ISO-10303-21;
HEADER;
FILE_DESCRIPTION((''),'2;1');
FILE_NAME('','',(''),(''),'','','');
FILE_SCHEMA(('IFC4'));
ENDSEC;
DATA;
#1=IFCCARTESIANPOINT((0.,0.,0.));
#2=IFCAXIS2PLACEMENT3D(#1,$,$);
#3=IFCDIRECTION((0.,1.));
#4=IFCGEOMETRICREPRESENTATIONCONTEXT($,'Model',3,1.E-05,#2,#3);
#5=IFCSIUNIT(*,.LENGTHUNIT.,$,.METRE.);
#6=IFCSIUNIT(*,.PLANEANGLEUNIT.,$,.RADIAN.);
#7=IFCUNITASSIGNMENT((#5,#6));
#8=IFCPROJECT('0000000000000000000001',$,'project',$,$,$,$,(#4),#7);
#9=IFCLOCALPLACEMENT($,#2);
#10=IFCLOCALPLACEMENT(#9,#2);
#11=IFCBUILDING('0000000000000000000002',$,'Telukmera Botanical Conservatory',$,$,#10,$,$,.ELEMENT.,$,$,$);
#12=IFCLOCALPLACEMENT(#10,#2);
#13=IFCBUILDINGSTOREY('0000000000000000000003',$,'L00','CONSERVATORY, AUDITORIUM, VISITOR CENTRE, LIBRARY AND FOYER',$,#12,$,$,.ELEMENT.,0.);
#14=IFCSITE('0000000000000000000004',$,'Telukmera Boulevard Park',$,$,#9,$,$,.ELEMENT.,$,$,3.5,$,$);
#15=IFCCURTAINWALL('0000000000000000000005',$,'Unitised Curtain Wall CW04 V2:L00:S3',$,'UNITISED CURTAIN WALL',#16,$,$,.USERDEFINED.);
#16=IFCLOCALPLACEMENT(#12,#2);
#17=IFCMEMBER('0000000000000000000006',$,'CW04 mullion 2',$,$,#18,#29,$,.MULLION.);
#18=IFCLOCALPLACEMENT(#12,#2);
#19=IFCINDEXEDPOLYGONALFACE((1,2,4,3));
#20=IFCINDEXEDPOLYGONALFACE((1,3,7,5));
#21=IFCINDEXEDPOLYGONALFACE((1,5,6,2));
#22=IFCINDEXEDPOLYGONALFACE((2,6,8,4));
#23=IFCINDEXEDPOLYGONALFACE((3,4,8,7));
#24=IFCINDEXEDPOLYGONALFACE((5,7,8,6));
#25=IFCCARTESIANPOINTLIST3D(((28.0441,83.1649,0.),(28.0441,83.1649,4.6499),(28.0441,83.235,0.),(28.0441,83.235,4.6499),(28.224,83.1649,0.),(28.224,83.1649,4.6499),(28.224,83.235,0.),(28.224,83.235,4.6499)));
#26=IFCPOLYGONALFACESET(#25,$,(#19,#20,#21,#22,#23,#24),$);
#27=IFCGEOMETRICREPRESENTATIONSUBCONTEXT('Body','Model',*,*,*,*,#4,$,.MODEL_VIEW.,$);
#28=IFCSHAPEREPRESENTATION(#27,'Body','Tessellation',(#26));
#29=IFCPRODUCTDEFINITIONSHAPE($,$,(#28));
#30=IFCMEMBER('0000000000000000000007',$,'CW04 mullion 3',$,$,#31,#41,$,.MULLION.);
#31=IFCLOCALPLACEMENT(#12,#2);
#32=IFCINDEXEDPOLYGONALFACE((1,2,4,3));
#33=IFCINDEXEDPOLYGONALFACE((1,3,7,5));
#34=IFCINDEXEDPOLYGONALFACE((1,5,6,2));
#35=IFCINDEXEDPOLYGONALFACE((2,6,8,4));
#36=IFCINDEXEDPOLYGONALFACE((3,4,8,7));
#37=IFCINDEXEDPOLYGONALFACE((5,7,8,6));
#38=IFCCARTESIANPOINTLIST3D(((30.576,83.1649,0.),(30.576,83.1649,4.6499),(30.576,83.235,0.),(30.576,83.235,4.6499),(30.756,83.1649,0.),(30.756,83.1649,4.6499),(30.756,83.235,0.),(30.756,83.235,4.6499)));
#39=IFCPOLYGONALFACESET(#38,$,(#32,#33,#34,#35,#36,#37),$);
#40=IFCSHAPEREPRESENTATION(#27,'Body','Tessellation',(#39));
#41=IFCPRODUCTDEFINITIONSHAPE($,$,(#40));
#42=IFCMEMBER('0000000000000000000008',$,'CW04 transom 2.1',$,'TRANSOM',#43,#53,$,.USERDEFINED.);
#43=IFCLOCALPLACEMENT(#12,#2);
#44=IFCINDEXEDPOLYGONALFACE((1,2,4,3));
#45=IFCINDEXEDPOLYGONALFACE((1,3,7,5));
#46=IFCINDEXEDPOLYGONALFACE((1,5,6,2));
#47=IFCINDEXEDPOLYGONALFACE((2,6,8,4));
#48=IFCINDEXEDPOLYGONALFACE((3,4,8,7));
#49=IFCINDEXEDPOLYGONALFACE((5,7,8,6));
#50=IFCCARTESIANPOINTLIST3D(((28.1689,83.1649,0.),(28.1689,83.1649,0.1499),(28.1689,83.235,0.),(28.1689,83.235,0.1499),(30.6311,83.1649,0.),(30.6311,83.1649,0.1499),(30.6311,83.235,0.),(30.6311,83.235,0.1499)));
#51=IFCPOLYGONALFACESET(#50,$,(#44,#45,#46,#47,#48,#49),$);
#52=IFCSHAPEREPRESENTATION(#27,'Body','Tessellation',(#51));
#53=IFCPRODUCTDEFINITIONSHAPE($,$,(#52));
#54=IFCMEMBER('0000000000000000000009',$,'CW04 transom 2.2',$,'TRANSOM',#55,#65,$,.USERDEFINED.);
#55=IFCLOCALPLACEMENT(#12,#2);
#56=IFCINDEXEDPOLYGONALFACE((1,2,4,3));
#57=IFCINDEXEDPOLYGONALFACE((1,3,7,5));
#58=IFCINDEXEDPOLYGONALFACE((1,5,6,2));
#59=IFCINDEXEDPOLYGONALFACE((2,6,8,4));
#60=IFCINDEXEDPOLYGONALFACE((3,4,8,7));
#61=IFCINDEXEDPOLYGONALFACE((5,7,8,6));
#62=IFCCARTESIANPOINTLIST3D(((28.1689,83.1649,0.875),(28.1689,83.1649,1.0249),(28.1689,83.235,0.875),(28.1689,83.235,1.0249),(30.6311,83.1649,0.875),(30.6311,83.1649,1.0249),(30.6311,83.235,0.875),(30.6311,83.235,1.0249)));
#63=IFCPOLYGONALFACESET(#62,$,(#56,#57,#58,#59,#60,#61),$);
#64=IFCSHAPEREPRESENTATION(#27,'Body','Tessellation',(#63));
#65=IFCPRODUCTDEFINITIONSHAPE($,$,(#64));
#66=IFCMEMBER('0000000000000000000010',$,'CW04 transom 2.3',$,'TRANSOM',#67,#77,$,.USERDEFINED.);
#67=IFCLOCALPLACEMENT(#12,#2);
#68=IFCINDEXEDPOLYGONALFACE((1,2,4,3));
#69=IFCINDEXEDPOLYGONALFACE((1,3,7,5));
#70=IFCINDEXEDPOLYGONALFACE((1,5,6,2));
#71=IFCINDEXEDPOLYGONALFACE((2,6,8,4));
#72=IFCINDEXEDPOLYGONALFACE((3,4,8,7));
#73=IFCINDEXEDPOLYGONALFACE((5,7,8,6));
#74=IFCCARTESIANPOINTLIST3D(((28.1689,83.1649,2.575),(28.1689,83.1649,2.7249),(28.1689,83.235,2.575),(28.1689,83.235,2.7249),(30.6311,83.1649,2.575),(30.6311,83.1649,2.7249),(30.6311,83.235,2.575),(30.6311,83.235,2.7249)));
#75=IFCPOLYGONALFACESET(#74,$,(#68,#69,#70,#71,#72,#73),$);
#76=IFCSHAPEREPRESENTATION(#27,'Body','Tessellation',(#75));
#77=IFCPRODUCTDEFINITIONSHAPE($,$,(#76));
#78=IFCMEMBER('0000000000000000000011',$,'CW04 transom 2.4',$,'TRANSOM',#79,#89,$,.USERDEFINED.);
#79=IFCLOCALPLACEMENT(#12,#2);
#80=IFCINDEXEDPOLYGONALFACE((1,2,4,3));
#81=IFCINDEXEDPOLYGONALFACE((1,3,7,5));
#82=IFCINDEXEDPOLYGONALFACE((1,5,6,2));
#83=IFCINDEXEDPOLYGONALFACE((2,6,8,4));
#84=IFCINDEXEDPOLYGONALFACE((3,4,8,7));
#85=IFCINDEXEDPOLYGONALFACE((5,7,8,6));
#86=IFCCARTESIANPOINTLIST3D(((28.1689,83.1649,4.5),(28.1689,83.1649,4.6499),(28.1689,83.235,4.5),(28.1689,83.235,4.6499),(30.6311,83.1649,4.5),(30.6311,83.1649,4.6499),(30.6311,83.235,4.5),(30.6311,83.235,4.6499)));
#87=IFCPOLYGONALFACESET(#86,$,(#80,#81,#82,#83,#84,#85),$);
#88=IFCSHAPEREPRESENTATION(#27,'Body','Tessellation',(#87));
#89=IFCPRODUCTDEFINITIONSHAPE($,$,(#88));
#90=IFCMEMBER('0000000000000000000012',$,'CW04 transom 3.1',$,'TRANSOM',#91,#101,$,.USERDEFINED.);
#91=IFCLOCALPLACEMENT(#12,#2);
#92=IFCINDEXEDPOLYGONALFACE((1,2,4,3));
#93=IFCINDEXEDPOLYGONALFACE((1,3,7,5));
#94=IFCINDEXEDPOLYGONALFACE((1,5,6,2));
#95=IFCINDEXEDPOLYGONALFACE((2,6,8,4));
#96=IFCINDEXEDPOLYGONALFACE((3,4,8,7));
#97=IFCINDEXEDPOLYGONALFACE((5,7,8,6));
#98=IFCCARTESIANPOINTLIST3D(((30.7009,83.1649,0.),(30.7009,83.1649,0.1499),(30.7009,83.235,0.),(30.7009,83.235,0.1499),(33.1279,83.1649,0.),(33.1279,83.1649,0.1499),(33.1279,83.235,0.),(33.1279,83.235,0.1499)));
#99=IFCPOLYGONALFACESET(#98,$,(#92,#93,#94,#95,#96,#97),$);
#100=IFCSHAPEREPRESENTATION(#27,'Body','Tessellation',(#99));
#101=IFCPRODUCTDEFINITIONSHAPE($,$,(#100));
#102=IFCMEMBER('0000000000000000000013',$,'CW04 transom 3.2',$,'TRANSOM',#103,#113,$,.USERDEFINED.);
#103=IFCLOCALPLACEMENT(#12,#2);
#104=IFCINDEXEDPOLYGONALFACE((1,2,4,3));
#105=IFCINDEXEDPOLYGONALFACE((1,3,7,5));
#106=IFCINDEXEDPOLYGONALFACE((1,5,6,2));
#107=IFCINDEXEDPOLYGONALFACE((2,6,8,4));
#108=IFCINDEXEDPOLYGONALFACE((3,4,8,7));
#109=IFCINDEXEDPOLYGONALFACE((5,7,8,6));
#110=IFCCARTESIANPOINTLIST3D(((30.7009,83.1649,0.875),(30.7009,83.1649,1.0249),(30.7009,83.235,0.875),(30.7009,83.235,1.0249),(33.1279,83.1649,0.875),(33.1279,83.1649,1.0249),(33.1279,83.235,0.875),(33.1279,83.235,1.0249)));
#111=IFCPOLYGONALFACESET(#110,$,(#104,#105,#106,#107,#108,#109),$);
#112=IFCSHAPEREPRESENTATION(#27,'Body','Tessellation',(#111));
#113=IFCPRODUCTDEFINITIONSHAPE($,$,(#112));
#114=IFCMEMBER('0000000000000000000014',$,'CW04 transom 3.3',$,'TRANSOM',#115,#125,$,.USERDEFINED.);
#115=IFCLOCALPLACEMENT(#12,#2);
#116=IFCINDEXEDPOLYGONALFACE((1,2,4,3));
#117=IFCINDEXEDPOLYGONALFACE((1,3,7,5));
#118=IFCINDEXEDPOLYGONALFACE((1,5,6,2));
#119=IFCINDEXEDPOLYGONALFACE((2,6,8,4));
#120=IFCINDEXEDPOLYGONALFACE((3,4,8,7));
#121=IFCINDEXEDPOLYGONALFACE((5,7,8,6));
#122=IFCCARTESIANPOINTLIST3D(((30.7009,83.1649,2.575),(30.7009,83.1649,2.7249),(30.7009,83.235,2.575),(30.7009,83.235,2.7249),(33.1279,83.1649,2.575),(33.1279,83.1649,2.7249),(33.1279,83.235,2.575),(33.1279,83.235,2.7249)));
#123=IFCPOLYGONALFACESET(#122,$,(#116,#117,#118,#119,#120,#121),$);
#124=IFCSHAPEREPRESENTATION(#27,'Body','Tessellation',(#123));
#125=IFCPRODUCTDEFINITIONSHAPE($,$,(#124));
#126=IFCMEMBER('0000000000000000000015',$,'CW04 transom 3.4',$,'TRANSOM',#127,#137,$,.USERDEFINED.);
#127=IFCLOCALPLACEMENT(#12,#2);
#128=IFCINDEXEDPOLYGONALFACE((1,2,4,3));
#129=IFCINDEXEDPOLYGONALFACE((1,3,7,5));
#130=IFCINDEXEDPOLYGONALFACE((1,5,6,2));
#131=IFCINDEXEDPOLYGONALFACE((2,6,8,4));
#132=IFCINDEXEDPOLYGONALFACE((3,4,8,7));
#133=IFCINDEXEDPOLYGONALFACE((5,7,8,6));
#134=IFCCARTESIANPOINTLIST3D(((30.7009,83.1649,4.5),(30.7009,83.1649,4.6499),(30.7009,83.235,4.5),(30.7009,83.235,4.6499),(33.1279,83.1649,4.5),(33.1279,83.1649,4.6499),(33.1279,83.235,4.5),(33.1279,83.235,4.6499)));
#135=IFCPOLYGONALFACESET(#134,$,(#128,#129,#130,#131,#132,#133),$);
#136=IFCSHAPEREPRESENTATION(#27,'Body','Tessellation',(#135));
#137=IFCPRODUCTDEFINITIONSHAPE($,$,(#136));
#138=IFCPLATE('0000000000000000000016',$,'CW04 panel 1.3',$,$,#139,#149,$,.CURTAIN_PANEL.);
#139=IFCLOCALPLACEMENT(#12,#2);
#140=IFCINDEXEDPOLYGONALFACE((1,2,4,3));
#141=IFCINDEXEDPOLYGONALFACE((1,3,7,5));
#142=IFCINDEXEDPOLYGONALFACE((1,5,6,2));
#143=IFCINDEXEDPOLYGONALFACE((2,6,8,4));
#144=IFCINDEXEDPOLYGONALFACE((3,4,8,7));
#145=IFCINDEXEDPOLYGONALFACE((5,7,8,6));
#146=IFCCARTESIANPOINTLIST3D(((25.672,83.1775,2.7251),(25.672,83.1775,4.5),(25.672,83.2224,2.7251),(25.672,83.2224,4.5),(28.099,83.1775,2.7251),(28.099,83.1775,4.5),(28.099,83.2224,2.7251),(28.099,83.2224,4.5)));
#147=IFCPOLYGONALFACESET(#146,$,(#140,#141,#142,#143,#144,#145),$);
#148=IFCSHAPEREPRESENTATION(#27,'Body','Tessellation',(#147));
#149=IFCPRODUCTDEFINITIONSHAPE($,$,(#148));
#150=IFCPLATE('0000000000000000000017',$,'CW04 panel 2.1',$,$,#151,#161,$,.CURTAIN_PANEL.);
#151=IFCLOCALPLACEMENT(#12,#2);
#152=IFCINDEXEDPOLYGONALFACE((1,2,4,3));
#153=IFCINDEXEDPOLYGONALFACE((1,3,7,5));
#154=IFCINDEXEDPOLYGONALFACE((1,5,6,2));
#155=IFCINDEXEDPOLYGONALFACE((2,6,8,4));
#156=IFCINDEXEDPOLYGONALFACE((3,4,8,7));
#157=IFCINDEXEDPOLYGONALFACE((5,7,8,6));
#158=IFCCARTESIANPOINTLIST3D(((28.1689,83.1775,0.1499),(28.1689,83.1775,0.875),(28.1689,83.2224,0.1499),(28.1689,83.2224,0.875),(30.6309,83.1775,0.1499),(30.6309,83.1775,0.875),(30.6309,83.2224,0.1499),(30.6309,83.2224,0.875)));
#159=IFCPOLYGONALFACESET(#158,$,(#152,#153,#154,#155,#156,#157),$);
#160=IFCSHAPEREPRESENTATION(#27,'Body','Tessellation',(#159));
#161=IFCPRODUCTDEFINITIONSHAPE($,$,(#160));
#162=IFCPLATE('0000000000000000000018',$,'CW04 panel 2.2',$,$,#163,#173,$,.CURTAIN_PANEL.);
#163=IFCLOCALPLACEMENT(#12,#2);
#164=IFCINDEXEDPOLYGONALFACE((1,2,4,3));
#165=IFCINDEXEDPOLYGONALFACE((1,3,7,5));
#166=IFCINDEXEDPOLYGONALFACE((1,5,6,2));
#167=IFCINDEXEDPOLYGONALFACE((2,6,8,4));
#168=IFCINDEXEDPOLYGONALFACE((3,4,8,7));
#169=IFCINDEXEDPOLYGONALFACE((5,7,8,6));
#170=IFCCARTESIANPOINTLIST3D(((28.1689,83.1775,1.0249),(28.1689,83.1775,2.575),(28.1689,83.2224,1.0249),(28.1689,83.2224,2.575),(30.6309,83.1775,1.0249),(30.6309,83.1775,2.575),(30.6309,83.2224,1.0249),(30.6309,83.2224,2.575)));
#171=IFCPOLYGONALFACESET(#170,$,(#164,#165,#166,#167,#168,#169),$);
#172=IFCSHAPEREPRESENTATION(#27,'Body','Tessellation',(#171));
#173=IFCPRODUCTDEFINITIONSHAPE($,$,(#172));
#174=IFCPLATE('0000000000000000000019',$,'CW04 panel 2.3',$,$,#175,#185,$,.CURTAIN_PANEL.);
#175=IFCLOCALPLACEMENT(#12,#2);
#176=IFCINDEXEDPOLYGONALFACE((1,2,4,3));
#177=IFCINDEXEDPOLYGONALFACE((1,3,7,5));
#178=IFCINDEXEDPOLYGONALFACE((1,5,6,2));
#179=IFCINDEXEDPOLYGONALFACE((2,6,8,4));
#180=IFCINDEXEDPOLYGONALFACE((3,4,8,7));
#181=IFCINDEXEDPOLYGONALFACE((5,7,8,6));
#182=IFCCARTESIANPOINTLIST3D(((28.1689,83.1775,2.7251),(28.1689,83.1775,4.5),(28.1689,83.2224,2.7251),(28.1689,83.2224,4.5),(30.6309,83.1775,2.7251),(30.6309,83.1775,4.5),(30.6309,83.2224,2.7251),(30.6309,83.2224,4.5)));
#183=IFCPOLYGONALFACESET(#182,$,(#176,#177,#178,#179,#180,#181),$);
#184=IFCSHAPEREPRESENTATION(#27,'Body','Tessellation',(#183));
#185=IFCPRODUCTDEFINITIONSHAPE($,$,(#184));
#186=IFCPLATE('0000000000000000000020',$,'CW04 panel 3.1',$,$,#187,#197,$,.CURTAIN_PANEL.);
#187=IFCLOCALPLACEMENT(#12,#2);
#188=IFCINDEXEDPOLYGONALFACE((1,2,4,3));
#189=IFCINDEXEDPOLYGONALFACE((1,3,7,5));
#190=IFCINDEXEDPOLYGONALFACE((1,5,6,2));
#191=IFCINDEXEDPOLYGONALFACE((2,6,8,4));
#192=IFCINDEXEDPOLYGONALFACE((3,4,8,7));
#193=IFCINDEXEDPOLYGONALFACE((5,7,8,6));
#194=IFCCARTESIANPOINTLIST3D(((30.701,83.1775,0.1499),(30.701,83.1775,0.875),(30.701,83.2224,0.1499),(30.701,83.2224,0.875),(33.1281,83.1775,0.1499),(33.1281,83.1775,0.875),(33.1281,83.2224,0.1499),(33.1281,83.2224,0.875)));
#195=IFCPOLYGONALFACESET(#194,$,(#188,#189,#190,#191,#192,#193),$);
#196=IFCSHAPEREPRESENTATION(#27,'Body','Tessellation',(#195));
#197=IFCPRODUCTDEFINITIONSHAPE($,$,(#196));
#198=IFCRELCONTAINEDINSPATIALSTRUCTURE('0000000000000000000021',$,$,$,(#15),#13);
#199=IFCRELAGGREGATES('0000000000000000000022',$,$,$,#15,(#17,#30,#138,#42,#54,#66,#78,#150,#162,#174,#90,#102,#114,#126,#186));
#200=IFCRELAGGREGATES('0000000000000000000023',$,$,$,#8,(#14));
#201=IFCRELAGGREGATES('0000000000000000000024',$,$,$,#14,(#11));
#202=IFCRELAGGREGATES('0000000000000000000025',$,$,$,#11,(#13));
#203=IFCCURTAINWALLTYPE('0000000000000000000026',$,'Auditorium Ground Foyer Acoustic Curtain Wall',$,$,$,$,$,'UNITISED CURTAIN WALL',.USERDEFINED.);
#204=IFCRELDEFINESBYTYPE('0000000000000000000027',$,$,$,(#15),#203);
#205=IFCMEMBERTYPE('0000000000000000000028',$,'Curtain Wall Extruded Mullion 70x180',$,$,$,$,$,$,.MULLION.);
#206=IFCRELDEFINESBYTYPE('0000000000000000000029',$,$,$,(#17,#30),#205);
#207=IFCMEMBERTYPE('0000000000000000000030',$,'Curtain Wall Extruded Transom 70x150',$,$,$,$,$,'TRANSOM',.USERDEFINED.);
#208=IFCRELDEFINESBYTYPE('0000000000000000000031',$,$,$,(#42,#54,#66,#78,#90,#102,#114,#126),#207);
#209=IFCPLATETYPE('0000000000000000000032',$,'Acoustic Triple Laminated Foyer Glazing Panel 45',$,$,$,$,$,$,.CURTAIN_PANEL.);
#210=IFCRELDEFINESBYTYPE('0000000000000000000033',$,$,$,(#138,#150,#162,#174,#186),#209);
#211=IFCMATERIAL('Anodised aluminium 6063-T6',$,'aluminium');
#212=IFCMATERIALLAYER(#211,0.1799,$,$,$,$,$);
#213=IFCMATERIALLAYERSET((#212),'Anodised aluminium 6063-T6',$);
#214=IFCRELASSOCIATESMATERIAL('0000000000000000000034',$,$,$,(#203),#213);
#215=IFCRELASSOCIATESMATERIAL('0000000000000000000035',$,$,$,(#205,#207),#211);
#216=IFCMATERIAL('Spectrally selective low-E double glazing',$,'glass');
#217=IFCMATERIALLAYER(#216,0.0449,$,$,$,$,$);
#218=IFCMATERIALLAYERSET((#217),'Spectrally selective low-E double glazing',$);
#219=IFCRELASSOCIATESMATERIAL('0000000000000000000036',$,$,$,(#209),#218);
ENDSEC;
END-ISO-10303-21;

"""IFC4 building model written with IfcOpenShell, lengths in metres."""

from ifc_helpers import new_model, si_unit, direction, frame, origin, origin_2d, place, context, subcontext, project, spatial, rectangle, extrude, material, layer, layer_set, material_profile, profile_set, type_object, element, aggregate, save


model = new_model("IFC4")

# Units and contexts
model_context = context("Model", 3, precision=1e-05, world=origin(), true_north=direction((0.0, 1.0)))
body_context = subcontext(model_context, "Body", "Model", "MODEL_VIEW")
ifc_project = project(units=[si_unit("LENGTHUNIT", "METRE"), si_unit("PLANEANGLEUNIT", "RADIAN")], contexts=[model_context])

# Site, building, storey
site_placement = place(None, origin())
site = spatial("IfcSite", under=ifc_project, at=site_placement, Name="Telukmera Boulevard Park", CompositionType="ELEMENT", RefElevation=3.5)
building_placement = place(site_placement, origin())
building = spatial("IfcBuilding", under=site, at=building_placement, Name="Telukmera Botanical Conservatory", CompositionType="ELEMENT")
storey_placement = place(building_placement, origin())
storey = spatial("IfcBuildingStorey", under=building, at=storey_placement, Name="L00", Description="CONSERVATORY, AUDITORIUM, VISITOR CENTRE, LIBRARY AND FOYER", CompositionType="ELEMENT", Elevation=0.0)

# Curtain wall, members, plates
ifc_material_1 = material(Name="Anodised aluminium 6063-T6", Category="aluminium")
ifc_layer_1 = layer(ifc_material_1, 0.1799)
ifc_layer_set_1 = layer_set([ifc_layer_1], Name="Anodised aluminium 6063-T6")
curtain_wall_type = type_object("IfcCurtainWallType", Name="Auditorium Ground Foyer Acoustic Curtain Wall", ElementType="UNITISED CURTAIN WALL", PredefinedType="USERDEFINED", material=ifc_layer_set_1)
curtain_wall_placement = place(storey_placement, origin())
curtain_wall = element("IfcCurtainWall", 1, at=curtain_wall_placement, inside=storey, type_object=curtain_wall_type, Name="Unitised Curtain Wall CW04 V2:L00:S3", ObjectType="UNITISED CURTAIN WALL", PredefinedType="USERDEFINED")
ifc_material_profile_1 = material_profile(ifc_material_1, rectangle(XDim=0.0701, YDim=0.1799, at=origin_2d()), Name="ALU MULL 70x180")
ifc_profile_set_1 = profile_set([ifc_material_profile_1], Name="Anodised aluminium 6063-T6")
member_type_1 = type_object("IfcMemberType", Name="Curtain Wall Extruded Mullion 70x180", PredefinedType="MULLION", material=ifc_profile_set_1)
member_1_placement = place(storey_placement, frame((28.134, 83.2, 0.0), z_axis=(0.0, 0.0, 1.0), x_axis=(0.0, 1.0, 0.0)))
member_1 = element("IfcMember", 2, at=member_1_placement, type_object=member_type_1, Name="CW04 mullion 2", PredefinedType="MULLION", context=body_context, shape_type="SweptSolid", body=[
    extrude(rectangle(XDim=0.0701, YDim=0.1799, at=origin_2d()), origin(), (0.0, 0.0, 1.0), 4.6499),
])
member_2_placement = place(storey_placement, frame((30.666, 83.2, 0.0), z_axis=(0.0, 0.0, 1.0), x_axis=(0.0, 1.0, 0.0)))
member_2 = element("IfcMember", 3, at=member_2_placement, type_object=member_type_1, Name="CW04 mullion 3", PredefinedType="MULLION", context=body_context, shape_type="SweptSolid", body=[
    extrude(rectangle(XDim=0.0701, YDim=0.1799, at=origin_2d()), origin(), (0.0, 0.0, 1.0), 4.6499),
])
ifc_material_profile_2 = material_profile(ifc_material_1, rectangle(XDim=0.0701, YDim=0.1499, at=origin_2d()), Name="ALU TRAN 70x150")
ifc_profile_set_2 = profile_set([ifc_material_profile_2], Name="Anodised aluminium 6063-T6")
member_type_2 = type_object("IfcMemberType", Name="Curtain Wall Extruded Transom 70x150", ElementType="TRANSOM", PredefinedType="USERDEFINED", material=ifc_profile_set_2)
member_3_placement = place(storey_placement, frame((28.1689, 83.2, 0.075), z_axis=(1.0, 0.0, 0.0), x_axis=(0.0, 1.0, 0.0)))
member_3 = element("IfcMember", 4, at=member_3_placement, type_object=member_type_2, Name="CW04 transom 2.1", ObjectType="TRANSOM", PredefinedType="USERDEFINED", context=body_context, shape_type="SweptSolid", body=[
    extrude(rectangle(XDim=0.0701, YDim=0.1499, at=origin_2d()), origin(), (0.0, 0.0, 1.0), 2.4622),
])
member_4_placement = place(storey_placement, frame((28.1689, 83.2, 0.95), z_axis=(1.0, 0.0, 0.0), x_axis=(0.0, 1.0, 0.0)))
member_4 = element("IfcMember", 5, at=member_4_placement, type_object=member_type_2, Name="CW04 transom 2.2", ObjectType="TRANSOM", PredefinedType="USERDEFINED", context=body_context, shape_type="SweptSolid", body=[
    extrude(rectangle(XDim=0.0701, YDim=0.1499, at=origin_2d()), origin(), (0.0, 0.0, 1.0), 2.4622),
])
member_5_placement = place(storey_placement, frame((28.1689, 83.2, 2.6499), z_axis=(1.0, 0.0, 0.0), x_axis=(0.0, 1.0, 0.0)))
member_5 = element("IfcMember", 6, at=member_5_placement, type_object=member_type_2, Name="CW04 transom 2.3", ObjectType="TRANSOM", PredefinedType="USERDEFINED", context=body_context, shape_type="SweptSolid", body=[
    extrude(rectangle(XDim=0.0701, YDim=0.1499, at=origin_2d()), origin(), (0.0, 0.0, 1.0), 2.4622),
])
member_6_placement = place(storey_placement, frame((28.1689, 83.2, 4.575), z_axis=(1.0, 0.0, 0.0), x_axis=(0.0, 1.0, 0.0)))
member_6 = element("IfcMember", 7, at=member_6_placement, type_object=member_type_2, Name="CW04 transom 2.4", ObjectType="TRANSOM", PredefinedType="USERDEFINED", context=body_context, shape_type="SweptSolid", body=[
    extrude(rectangle(XDim=0.0701, YDim=0.1499, at=origin_2d()), origin(), (0.0, 0.0, 1.0), 2.4622),
])
member_7_placement = place(storey_placement, frame((30.7009, 83.2, 0.075), z_axis=(1.0, 0.0, 0.0), x_axis=(0.0, 1.0, 0.0)))
member_7 = element("IfcMember", 8, at=member_7_placement, type_object=member_type_2, Name="CW04 transom 3.1", ObjectType="TRANSOM", PredefinedType="USERDEFINED", context=body_context, shape_type="SweptSolid", body=[
    extrude(rectangle(XDim=0.0701, YDim=0.1499, at=origin_2d()), origin(), (0.0, 0.0, 1.0), 2.427),
])
member_8_placement = place(storey_placement, frame((30.7009, 83.2, 0.95), z_axis=(1.0, 0.0, 0.0), x_axis=(0.0, 1.0, 0.0)))
member_8 = element("IfcMember", 9, at=member_8_placement, type_object=member_type_2, Name="CW04 transom 3.2", ObjectType="TRANSOM", PredefinedType="USERDEFINED", context=body_context, shape_type="SweptSolid", body=[
    extrude(rectangle(XDim=0.0701, YDim=0.1499, at=origin_2d()), origin(), (0.0, 0.0, 1.0), 2.427),
])
member_9_placement = place(storey_placement, frame((30.7009, 83.2, 2.6499), z_axis=(1.0, 0.0, 0.0), x_axis=(0.0, 1.0, 0.0)))
member_9 = element("IfcMember", 10, at=member_9_placement, type_object=member_type_2, Name="CW04 transom 3.3", ObjectType="TRANSOM", PredefinedType="USERDEFINED", context=body_context, shape_type="SweptSolid", body=[
    extrude(rectangle(XDim=0.0701, YDim=0.1499, at=origin_2d()), origin(), (0.0, 0.0, 1.0), 2.427),
])
member_10_placement = place(storey_placement, frame((30.7009, 83.2, 4.575), z_axis=(1.0, 0.0, 0.0), x_axis=(0.0, 1.0, 0.0)))
member_10 = element("IfcMember", 11, at=member_10_placement, type_object=member_type_2, Name="CW04 transom 3.4", ObjectType="TRANSOM", PredefinedType="USERDEFINED", context=body_context, shape_type="SweptSolid", body=[
    extrude(rectangle(XDim=0.0701, YDim=0.1499, at=origin_2d()), origin(), (0.0, 0.0, 1.0), 2.427),
])
ifc_material_2 = material(Name="Spectrally selective low-E double glazing", Category="glass")
ifc_layer_2 = layer(ifc_material_2, 0.0449)
ifc_layer_set_2 = layer_set([ifc_layer_2], Name="Spectrally selective low-E double glazing")
plate_type = type_object("IfcPlateType", Name="Acoustic Triple Laminated Foyer Glazing Panel 45", PredefinedType="CURTAIN_PANEL", material=ifc_layer_set_2)
plate_1_placement = place(storey_placement, frame((26.8855, 83.2, 2.7251), z_axis=(0.0, 0.0, 1.0), x_axis=(1.0, 0.0, 0.0)))
plate_1 = element("IfcPlate", 12, at=plate_1_placement, type_object=plate_type, Name="CW04 panel 1.3", PredefinedType="CURTAIN_PANEL", context=body_context, shape_type="SweptSolid", body=[
    extrude(rectangle(XDim=2.427, YDim=0.0449, at=origin_2d()), origin(), (0.0, 0.0, 1.0), 1.7749),
])
plate_2_placement = place(storey_placement, frame((29.3999, 83.2, 0.1499), z_axis=(0.0, 0.0, 1.0), x_axis=(1.0, 0.0, 0.0)))
plate_2 = element("IfcPlate", 13, at=plate_2_placement, type_object=plate_type, Name="CW04 panel 2.1", PredefinedType="CURTAIN_PANEL", context=body_context, shape_type="SweptSolid", body=[
    extrude(rectangle(XDim=2.4619, YDim=0.0449, at=origin_2d()), origin(), (0.0, 0.0, 1.0), 0.7251),
])
plate_3_placement = place(storey_placement, frame((29.3999, 83.2, 1.0249), z_axis=(0.0, 0.0, 1.0), x_axis=(1.0, 0.0, 0.0)))
plate_3 = element("IfcPlate", 14, at=plate_3_placement, type_object=plate_type, Name="CW04 panel 2.2", PredefinedType="CURTAIN_PANEL", context=body_context, shape_type="SweptSolid", body=[
    extrude(rectangle(XDim=2.4619, YDim=0.0449, at=origin_2d()), origin(), (0.0, 0.0, 1.0), 1.55),
])
plate_4_placement = place(storey_placement, frame((29.3999, 83.2, 2.7251), z_axis=(0.0, 0.0, 1.0), x_axis=(1.0, 0.0, 0.0)))
plate_4 = element("IfcPlate", 15, at=plate_4_placement, type_object=plate_type, Name="CW04 panel 2.3", PredefinedType="CURTAIN_PANEL", context=body_context, shape_type="SweptSolid", body=[
    extrude(rectangle(XDim=2.4619, YDim=0.0449, at=origin_2d()), origin(), (0.0, 0.0, 1.0), 1.7749),
])
plate_5_placement = place(storey_placement, frame((31.9146, 83.2, 0.1499), z_axis=(0.0, 0.0, 1.0), x_axis=(1.0, 0.0, 0.0)))
plate_5 = element("IfcPlate", 16, at=plate_5_placement, type_object=plate_type, Name="CW04 panel 3.1", PredefinedType="CURTAIN_PANEL", context=body_context, shape_type="SweptSolid", body=[
    extrude(rectangle(XDim=2.427, YDim=0.0449, at=origin_2d()), origin(), (0.0, 0.0, 1.0), 0.7251),
])
aggregate(curtain_wall, [member_1, member_2, plate_1, member_3, member_4, member_5, member_6, plate_2, plate_3, plate_4, member_7, member_8, member_9, member_10, plate_5])

save(model, "model.ifc")
